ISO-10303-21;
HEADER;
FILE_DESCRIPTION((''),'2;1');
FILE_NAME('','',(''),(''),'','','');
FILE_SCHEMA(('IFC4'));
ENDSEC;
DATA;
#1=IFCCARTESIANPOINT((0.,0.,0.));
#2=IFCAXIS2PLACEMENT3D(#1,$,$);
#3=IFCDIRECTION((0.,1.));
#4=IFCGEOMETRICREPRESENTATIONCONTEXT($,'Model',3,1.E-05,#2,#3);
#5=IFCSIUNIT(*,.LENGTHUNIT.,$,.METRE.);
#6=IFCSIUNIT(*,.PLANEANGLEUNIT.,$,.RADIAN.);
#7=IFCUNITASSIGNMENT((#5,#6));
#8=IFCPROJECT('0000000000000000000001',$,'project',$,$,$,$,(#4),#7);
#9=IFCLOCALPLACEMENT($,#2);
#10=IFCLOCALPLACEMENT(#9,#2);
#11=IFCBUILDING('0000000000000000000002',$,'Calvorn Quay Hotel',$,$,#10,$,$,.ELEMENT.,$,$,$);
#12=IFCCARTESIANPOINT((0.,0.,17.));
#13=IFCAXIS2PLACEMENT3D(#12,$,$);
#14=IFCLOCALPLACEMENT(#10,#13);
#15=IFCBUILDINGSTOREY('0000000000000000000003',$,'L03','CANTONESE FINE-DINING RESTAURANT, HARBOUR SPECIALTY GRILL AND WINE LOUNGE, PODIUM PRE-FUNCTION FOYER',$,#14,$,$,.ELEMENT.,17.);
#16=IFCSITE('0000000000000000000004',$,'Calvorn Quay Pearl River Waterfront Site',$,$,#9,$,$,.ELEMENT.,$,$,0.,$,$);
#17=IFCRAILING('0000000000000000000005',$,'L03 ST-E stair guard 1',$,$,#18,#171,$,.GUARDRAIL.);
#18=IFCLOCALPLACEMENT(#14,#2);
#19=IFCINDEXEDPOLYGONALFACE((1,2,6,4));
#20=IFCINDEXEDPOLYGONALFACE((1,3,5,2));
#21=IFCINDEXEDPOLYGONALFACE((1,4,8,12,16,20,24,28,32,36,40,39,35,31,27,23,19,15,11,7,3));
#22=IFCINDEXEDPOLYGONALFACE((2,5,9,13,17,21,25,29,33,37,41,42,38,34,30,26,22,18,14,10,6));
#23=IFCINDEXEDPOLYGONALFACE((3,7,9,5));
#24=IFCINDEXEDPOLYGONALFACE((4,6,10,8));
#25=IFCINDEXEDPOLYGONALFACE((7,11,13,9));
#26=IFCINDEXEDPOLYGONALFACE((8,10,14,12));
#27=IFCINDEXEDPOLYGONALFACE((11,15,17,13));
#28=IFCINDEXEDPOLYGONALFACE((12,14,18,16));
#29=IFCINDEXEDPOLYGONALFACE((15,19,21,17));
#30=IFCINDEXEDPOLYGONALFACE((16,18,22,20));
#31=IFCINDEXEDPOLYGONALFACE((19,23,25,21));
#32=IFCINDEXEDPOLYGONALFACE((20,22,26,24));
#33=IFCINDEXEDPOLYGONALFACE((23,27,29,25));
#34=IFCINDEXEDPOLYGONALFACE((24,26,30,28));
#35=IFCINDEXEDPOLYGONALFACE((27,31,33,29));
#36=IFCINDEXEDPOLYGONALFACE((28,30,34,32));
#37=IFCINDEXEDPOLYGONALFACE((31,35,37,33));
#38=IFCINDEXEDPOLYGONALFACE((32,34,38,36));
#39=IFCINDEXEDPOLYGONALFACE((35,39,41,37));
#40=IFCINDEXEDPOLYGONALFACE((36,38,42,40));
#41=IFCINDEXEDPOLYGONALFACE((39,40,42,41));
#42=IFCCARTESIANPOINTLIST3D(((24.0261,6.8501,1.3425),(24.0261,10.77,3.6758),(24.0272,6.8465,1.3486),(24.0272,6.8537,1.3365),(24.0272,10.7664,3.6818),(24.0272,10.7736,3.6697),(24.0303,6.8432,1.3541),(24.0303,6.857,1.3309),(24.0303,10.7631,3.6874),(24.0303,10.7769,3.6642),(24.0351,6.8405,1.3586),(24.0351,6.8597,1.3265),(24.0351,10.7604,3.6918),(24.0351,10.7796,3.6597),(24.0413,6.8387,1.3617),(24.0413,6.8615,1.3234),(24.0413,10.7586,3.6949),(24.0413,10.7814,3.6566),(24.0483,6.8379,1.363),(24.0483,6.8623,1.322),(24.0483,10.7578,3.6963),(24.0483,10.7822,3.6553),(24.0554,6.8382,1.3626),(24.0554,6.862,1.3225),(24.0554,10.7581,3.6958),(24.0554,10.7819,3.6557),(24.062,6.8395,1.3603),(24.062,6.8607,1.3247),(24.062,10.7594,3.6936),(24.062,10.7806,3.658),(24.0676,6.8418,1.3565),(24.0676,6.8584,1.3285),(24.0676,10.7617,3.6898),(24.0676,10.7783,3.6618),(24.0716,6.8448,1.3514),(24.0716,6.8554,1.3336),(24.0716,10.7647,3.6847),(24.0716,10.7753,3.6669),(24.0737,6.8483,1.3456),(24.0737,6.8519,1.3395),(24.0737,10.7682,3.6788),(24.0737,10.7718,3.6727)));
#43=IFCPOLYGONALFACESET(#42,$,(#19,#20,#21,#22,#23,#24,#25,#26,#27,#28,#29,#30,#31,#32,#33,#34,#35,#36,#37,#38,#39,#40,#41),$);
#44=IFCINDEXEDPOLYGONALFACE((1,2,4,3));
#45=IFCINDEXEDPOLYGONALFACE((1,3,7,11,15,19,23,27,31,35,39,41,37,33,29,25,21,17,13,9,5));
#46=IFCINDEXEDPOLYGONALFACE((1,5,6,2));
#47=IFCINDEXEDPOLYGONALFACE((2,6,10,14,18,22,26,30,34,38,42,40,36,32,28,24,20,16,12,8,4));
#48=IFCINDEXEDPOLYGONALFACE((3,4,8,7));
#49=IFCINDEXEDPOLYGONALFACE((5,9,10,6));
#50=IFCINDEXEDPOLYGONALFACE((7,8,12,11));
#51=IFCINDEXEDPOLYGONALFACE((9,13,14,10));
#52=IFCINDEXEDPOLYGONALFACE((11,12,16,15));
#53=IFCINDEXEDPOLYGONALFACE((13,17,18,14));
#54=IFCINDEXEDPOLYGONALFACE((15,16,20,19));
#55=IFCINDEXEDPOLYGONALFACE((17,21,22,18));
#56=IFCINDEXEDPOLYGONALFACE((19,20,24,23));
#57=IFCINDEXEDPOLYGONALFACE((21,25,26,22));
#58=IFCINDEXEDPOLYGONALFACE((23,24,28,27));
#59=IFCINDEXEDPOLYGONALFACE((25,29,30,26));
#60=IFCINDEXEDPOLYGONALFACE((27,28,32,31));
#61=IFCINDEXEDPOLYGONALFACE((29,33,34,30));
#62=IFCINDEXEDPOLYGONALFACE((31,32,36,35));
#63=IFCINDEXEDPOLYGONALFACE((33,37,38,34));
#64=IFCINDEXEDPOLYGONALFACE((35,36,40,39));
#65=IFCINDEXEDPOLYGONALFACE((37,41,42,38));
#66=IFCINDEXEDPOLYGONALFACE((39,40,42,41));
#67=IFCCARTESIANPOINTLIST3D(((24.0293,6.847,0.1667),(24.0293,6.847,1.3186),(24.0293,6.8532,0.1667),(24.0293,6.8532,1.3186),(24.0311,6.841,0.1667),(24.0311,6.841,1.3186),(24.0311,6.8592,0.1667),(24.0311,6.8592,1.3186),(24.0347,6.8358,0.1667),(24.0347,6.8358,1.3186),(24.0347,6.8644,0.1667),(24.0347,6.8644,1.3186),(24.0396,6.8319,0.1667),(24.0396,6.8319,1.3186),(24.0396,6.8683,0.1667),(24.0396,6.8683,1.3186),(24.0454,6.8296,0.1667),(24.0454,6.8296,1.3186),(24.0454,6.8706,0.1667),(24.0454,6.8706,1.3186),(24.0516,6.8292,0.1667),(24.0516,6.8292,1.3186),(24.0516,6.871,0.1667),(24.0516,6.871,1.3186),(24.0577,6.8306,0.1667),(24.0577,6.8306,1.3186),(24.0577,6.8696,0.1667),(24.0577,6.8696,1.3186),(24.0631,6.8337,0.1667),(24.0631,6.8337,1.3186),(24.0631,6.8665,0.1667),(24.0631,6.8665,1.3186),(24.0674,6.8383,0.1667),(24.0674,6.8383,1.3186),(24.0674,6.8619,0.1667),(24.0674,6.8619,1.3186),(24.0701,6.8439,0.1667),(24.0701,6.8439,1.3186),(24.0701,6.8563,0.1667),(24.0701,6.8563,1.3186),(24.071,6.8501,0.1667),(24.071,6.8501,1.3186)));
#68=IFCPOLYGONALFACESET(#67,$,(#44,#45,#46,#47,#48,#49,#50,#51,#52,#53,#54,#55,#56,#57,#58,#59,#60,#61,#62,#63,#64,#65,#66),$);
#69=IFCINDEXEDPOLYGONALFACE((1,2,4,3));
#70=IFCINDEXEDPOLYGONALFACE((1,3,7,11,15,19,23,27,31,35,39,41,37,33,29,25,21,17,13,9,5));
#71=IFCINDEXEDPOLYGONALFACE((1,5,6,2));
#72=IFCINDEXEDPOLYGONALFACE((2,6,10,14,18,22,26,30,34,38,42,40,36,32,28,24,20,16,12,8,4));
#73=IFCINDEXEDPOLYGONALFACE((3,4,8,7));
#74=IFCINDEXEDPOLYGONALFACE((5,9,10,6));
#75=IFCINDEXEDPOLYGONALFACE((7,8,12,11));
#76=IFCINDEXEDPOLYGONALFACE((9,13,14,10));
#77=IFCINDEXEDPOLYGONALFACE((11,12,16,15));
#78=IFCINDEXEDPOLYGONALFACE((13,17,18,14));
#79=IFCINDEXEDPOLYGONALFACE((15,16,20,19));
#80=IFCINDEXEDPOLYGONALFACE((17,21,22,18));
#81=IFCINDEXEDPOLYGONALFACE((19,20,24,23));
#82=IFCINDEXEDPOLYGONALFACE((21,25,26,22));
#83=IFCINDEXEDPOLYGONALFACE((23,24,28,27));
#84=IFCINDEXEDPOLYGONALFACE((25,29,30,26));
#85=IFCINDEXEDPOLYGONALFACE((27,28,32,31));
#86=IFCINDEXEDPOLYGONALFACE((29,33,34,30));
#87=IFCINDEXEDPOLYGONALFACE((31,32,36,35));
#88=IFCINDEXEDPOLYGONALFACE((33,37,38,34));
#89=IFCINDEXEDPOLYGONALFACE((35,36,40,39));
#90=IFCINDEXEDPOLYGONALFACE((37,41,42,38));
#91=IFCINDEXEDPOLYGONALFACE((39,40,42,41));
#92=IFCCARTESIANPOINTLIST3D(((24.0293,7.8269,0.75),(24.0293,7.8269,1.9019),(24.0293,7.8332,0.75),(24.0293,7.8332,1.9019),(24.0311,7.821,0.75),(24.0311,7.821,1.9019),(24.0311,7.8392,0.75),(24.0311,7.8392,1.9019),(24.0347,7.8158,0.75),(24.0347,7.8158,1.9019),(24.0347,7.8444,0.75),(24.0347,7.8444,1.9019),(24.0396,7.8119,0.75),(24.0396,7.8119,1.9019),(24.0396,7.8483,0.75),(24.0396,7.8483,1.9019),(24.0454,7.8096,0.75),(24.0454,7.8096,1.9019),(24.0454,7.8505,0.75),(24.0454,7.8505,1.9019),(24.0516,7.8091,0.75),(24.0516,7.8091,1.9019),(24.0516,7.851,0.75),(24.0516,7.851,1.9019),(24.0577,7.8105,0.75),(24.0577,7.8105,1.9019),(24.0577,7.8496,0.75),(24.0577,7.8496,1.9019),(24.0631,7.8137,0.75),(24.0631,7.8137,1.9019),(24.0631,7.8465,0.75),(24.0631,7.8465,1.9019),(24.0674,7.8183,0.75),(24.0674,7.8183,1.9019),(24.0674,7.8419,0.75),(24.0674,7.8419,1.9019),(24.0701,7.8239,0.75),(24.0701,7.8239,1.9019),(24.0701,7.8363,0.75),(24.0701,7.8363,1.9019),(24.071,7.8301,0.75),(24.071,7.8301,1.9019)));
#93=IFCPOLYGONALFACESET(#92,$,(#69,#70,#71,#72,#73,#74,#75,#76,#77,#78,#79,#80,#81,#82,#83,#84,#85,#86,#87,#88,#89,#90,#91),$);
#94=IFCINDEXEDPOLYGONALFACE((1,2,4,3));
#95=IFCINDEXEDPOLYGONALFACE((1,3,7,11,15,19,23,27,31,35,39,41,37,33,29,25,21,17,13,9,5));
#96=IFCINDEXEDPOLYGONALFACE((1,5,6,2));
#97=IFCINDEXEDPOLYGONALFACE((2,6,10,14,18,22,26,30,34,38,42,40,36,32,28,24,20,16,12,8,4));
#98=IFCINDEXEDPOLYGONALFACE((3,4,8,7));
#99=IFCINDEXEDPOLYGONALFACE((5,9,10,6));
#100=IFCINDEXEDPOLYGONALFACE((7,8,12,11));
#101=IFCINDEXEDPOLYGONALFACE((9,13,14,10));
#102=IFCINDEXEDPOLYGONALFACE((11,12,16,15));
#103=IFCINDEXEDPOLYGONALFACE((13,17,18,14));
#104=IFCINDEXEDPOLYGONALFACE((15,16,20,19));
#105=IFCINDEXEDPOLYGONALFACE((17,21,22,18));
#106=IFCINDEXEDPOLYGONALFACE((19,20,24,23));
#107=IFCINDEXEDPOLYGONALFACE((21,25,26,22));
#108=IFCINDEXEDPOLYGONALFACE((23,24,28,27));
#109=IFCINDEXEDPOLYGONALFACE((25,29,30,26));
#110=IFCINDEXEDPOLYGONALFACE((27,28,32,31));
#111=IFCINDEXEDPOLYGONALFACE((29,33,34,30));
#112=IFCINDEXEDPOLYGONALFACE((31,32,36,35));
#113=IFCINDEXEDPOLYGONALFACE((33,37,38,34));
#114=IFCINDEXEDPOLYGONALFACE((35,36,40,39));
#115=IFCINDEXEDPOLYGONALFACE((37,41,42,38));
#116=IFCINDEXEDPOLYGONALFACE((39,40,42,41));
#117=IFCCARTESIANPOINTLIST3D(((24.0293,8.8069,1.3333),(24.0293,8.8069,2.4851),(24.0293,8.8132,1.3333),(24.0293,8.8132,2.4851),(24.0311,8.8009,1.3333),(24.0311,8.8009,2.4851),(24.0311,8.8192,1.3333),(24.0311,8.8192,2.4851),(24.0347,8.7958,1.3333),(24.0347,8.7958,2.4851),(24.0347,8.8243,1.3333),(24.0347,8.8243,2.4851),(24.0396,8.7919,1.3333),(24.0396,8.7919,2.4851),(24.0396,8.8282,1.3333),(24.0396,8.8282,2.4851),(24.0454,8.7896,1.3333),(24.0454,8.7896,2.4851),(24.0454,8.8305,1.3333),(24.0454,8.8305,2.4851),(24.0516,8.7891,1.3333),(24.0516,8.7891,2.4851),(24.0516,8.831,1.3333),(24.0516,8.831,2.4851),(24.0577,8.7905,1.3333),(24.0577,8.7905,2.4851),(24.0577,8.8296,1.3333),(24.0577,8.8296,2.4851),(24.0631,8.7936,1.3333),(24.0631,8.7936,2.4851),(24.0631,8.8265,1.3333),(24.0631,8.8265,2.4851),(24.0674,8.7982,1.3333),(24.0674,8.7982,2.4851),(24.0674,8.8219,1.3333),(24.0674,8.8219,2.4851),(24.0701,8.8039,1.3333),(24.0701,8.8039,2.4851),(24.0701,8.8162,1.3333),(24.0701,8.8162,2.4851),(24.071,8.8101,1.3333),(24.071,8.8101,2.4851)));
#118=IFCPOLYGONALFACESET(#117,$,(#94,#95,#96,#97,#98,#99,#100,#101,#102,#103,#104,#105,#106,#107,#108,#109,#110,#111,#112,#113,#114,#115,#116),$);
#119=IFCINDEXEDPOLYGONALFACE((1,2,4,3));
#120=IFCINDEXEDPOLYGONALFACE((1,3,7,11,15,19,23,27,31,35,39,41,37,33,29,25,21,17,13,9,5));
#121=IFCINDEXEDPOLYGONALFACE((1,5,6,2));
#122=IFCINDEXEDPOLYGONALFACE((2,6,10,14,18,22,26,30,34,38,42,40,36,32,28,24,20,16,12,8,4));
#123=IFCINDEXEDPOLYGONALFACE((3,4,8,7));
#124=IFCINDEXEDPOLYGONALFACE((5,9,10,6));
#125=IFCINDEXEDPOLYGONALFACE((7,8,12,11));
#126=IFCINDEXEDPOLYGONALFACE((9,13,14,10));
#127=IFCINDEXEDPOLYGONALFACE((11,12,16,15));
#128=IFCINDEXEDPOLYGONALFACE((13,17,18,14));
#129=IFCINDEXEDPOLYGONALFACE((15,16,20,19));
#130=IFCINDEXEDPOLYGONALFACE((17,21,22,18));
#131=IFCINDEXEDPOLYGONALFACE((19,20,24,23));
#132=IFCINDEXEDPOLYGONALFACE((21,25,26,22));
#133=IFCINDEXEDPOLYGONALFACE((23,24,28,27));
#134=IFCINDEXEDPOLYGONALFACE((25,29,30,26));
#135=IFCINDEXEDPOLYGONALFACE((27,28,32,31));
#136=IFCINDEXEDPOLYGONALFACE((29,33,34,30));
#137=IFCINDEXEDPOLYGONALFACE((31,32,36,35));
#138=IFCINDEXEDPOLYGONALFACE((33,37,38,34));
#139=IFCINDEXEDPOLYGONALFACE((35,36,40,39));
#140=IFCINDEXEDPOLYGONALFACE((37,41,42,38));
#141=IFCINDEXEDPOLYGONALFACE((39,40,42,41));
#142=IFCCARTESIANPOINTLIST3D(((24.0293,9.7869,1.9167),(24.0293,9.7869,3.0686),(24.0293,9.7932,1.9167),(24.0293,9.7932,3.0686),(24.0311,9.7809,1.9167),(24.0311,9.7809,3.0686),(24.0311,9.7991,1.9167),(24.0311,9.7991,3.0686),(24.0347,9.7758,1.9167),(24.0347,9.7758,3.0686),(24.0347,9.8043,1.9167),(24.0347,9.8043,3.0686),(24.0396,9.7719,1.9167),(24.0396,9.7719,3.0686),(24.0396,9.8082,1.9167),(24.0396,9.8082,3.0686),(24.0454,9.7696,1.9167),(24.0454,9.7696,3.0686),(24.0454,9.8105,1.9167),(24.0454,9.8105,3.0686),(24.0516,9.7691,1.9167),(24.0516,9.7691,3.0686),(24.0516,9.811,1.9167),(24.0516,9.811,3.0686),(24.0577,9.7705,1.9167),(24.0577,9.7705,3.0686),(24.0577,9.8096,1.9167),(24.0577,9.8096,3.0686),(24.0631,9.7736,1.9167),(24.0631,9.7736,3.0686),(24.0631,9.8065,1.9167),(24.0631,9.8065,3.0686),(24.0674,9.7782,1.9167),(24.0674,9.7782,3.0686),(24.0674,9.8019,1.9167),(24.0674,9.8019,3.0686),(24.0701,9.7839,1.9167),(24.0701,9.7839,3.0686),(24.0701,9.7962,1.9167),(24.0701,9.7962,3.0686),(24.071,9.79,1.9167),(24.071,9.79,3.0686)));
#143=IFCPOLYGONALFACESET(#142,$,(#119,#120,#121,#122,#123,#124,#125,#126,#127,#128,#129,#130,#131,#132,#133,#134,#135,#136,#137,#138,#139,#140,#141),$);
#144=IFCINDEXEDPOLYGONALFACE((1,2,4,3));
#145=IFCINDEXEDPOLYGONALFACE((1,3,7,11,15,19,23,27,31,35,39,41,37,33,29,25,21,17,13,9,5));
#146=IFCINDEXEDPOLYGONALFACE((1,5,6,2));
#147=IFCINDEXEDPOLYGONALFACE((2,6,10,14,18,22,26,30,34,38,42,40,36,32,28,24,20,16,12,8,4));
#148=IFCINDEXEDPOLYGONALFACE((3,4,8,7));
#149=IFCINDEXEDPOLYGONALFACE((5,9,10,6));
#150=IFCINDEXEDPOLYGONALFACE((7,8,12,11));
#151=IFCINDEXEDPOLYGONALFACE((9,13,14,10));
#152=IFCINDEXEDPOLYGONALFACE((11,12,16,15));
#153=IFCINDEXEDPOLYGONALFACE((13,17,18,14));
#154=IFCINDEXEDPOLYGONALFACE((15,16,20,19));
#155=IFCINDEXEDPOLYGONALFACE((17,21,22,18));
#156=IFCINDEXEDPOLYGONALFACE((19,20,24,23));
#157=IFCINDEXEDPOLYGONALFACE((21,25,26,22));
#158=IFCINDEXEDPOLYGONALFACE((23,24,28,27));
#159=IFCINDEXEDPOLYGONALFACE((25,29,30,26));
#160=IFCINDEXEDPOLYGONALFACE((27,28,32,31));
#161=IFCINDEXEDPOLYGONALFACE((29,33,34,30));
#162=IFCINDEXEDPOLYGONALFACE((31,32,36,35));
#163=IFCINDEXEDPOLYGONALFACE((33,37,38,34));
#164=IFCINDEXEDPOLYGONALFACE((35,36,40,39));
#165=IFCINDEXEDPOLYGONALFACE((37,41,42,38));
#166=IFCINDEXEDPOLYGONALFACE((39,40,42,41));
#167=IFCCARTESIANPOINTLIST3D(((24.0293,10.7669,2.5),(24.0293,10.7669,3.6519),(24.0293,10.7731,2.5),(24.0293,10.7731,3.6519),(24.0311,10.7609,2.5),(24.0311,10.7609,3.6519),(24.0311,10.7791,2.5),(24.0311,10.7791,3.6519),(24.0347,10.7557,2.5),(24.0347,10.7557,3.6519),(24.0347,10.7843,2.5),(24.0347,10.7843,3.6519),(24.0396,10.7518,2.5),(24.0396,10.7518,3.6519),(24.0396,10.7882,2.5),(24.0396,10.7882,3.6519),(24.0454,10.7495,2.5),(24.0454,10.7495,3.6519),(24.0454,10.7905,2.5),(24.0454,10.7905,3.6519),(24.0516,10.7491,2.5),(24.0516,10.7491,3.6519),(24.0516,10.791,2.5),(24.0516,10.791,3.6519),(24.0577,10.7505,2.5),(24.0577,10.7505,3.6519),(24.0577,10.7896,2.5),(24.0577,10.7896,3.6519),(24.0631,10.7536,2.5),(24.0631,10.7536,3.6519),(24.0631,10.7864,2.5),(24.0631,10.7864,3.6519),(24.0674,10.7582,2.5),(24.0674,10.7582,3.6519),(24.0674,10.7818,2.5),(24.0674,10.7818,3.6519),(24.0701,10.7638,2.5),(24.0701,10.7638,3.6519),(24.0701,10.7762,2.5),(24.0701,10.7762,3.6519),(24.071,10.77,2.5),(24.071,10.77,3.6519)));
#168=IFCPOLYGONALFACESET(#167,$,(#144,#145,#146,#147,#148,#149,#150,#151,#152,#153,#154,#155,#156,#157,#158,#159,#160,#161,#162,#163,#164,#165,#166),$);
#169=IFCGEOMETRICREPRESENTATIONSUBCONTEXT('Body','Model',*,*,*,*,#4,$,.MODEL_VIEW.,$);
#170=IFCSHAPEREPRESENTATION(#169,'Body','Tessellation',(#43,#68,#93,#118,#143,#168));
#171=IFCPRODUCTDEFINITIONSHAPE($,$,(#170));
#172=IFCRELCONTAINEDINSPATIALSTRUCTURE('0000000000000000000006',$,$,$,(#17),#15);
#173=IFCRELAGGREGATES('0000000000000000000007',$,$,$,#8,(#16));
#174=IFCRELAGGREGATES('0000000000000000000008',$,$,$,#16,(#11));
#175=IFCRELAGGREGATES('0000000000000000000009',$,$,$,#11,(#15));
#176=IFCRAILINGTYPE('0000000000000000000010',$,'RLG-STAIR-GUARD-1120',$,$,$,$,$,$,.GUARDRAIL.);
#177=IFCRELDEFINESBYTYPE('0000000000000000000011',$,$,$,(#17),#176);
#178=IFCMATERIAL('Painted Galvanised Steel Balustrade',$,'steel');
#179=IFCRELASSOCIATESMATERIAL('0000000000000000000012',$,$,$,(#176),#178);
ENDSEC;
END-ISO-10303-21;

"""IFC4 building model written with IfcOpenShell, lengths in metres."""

from ifc_helpers import new_model, si_unit, direction, frame, origin, origin_2d, place, context, subcontext, project, spatial, circle, extrude, material, type_object, element, save


model = new_model("IFC4")

# Units and contexts
model_context = context("Model", 3, precision=1e-05, world=origin(), true_north=direction((0.0, 1.0)))
body_context = subcontext(model_context, "Body", "Model", "MODEL_VIEW")
ifc_project = project(units=[si_unit("LENGTHUNIT", "METRE"), si_unit("PLANEANGLEUNIT", "RADIAN")], contexts=[model_context])

# Site, building, storey
site_placement = place(None, origin())
site = spatial("IfcSite", under=ifc_project, at=site_placement, Name="Calvorn Quay Pearl River Waterfront Site", CompositionType="ELEMENT", RefElevation=0.0)
building_placement = place(site_placement, origin())
building = spatial("IfcBuilding", under=site, at=building_placement, Name="Calvorn Quay Hotel", CompositionType="ELEMENT")
storey_placement = place(building_placement, frame((0.0, 0.0, 17.0)))
storey = spatial("IfcBuildingStorey", under=building, at=storey_placement, Name="L03", Description="CANTONESE FINE-DINING RESTAURANT, HARBOUR SPECIALTY GRILL AND WINE LOUNGE, PODIUM PRE-FUNCTION FOYER", CompositionType="ELEMENT", Elevation=17.0)

# Railing
ifc_material_1 = material(Name="Painted Galvanised Steel Balustrade", Category="steel")
railing_type_1 = type_object("IfcRailingType", Name="RLG-STAIR-GUARD-1120", PredefinedType="GUARDRAIL", material=ifc_material_1)
railing_1_placement = place(storey_placement, frame((24.05, 6.8501, 0.1667)))
element("IfcRailing", 1, at=railing_1_placement, inside=storey, type_object=railing_type_1, Name="L03 ST-E stair guard 1", PredefinedType="GUARDRAIL", context=body_context, shape_type="SweptSolid", body=[
    extrude(circle(Radius=0.0239, at=origin_2d()), frame((0.0, 0.0, 1.1758), z_axis=(0.0, 0.859296, 0.511478), x_axis=(-1.0, 0.0, 0.0)), (0.0, 0.0, 1.0), 4.5618),
    extrude(circle(Radius=0.021, at=origin_2d()), origin(), (0.0, 0.0, 1.0), 1.1519),
    extrude(circle(Radius=0.021, at=origin_2d()), frame((0.0, 0.98, 0.5833)), (0.0, 0.0, 1.0), 1.1519),
    extrude(circle(Radius=0.021, at=origin_2d()), frame((0.0, 1.96, 1.1665)), (0.0, 0.0, 1.0), 1.1519),
    extrude(circle(Radius=0.021, at=origin_2d()), frame((0.0, 2.9399, 1.75)), (0.0, 0.0, 1.0), 1.1519),
    extrude(circle(Radius=0.021, at=origin_2d()), frame((0.0, 3.9199, 2.3333)), (0.0, 0.0, 1.0), 1.1519),
])

save(model, "model.ifc")
